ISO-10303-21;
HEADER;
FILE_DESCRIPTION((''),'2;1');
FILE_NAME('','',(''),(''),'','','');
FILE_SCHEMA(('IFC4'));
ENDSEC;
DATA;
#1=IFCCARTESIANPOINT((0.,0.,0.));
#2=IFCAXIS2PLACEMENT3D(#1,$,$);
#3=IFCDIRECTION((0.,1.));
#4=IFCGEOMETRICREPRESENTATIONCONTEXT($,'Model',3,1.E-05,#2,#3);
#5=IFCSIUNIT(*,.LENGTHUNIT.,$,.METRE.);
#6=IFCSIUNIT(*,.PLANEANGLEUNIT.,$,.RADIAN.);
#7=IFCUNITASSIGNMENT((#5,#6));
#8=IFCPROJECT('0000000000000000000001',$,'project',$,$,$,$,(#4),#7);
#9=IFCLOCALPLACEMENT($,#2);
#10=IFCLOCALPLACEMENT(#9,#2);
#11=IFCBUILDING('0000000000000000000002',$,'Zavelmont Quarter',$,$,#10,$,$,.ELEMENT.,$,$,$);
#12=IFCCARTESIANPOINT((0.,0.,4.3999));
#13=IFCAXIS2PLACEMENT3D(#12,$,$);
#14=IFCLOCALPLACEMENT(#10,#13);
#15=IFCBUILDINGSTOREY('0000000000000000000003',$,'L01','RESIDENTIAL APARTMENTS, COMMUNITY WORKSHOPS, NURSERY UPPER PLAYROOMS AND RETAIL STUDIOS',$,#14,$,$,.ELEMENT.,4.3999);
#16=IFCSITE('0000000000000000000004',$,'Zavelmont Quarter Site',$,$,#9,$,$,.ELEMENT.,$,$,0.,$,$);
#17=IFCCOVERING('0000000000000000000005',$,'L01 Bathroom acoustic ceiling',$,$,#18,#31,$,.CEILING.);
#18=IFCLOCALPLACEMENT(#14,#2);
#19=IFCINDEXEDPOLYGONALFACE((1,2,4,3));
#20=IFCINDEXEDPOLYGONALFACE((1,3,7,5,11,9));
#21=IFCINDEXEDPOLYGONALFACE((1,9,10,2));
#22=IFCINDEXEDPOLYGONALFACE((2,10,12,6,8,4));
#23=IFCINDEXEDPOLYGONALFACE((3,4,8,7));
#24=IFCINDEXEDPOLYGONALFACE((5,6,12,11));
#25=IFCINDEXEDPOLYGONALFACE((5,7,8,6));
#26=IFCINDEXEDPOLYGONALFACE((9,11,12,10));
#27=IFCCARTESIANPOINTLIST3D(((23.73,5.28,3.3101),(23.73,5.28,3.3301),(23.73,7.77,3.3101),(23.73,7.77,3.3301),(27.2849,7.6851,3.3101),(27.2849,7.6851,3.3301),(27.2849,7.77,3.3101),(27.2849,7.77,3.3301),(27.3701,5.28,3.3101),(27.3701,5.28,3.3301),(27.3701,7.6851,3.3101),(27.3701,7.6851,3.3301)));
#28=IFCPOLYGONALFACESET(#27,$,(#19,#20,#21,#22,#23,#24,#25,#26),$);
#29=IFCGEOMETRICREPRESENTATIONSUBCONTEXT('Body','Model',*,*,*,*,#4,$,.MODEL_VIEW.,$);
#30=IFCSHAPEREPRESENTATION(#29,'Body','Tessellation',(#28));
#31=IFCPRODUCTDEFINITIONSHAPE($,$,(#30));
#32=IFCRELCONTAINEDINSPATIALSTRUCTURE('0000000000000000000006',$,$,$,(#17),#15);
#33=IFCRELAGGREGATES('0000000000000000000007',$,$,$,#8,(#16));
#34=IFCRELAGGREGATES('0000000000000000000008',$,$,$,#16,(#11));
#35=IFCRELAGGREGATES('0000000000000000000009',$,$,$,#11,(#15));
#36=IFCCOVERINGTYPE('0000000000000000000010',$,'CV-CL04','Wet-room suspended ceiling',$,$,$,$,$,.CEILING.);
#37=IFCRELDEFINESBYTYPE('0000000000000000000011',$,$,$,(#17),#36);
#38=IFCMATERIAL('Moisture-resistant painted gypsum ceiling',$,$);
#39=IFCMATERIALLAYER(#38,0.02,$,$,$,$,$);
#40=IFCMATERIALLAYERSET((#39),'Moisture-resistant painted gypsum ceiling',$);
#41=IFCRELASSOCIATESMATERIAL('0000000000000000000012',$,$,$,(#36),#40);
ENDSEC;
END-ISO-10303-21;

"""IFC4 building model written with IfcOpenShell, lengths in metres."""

from ifc_helpers import new_model, si_unit, direction, frame, origin, place, context, subcontext, project, spatial, polyline, outline, extrude, material, layer, layer_set, type_object, element, save


model = new_model("IFC4")

# Units and contexts
model_context = context("Model", 3, precision=1e-05, world=origin(), true_north=direction((0.0, 1.0)))
body_context = subcontext(model_context, "Body", "Model", "MODEL_VIEW")
ifc_project = project(units=[si_unit("LENGTHUNIT", "METRE"), si_unit("PLANEANGLEUNIT", "RADIAN")], contexts=[model_context])

# Site, building, storey
site_placement = place(None, origin())
site = spatial("IfcSite", under=ifc_project, at=site_placement, Name="Zavelmont Quarter Site", CompositionType="ELEMENT", RefElevation=0.0)
building_placement = place(site_placement, origin())
building = spatial("IfcBuilding", under=site, at=building_placement, Name="Zavelmont Quarter", CompositionType="ELEMENT")
storey_placement = place(building_placement, frame((0.0, 0.0, 4.3999)))
storey = spatial("IfcBuildingStorey", under=building, at=storey_placement, Name="L01", Description="RESIDENTIAL APARTMENTS, COMMUNITY WORKSHOPS, NURSERY UPPER PLAYROOMS AND RETAIL STUDIOS", CompositionType="ELEMENT", Elevation=4.3999)

# Covering
ifc_material_1 = material(Name="Moisture-resistant painted gypsum ceiling")
ifc_layer_1 = layer(ifc_material_1, 0.02)
ifc_layer_set_1 = layer_set([ifc_layer_1], Name="Moisture-resistant painted gypsum ceiling")
covering_type_1 = type_object("IfcCoveringType", Name="CV-CL04", Description="Wet-room suspended ceiling", PredefinedType="CEILING", material=ifc_layer_set_1)
covering_1_placement = place(storey_placement, frame((0.0, 0.0, 3.3101)))
element("IfcCovering", 1, at=covering_1_placement, inside=storey, type_object=covering_type_1, Name="L01 Bathroom acoustic ceiling", PredefinedType="CEILING", context=body_context, shape_type="SweptSolid", body=[
    extrude(outline(polyline([(23.73, 7.77), (27.2849, 7.77), (27.2849, 7.6851), (27.3701, 7.6851), (27.3701, 5.28), (23.73, 5.28), (23.73, 7.77)])), origin(), (0.0, 0.0, 1.0), 0.02),
])

save(model, "model.ifc")
